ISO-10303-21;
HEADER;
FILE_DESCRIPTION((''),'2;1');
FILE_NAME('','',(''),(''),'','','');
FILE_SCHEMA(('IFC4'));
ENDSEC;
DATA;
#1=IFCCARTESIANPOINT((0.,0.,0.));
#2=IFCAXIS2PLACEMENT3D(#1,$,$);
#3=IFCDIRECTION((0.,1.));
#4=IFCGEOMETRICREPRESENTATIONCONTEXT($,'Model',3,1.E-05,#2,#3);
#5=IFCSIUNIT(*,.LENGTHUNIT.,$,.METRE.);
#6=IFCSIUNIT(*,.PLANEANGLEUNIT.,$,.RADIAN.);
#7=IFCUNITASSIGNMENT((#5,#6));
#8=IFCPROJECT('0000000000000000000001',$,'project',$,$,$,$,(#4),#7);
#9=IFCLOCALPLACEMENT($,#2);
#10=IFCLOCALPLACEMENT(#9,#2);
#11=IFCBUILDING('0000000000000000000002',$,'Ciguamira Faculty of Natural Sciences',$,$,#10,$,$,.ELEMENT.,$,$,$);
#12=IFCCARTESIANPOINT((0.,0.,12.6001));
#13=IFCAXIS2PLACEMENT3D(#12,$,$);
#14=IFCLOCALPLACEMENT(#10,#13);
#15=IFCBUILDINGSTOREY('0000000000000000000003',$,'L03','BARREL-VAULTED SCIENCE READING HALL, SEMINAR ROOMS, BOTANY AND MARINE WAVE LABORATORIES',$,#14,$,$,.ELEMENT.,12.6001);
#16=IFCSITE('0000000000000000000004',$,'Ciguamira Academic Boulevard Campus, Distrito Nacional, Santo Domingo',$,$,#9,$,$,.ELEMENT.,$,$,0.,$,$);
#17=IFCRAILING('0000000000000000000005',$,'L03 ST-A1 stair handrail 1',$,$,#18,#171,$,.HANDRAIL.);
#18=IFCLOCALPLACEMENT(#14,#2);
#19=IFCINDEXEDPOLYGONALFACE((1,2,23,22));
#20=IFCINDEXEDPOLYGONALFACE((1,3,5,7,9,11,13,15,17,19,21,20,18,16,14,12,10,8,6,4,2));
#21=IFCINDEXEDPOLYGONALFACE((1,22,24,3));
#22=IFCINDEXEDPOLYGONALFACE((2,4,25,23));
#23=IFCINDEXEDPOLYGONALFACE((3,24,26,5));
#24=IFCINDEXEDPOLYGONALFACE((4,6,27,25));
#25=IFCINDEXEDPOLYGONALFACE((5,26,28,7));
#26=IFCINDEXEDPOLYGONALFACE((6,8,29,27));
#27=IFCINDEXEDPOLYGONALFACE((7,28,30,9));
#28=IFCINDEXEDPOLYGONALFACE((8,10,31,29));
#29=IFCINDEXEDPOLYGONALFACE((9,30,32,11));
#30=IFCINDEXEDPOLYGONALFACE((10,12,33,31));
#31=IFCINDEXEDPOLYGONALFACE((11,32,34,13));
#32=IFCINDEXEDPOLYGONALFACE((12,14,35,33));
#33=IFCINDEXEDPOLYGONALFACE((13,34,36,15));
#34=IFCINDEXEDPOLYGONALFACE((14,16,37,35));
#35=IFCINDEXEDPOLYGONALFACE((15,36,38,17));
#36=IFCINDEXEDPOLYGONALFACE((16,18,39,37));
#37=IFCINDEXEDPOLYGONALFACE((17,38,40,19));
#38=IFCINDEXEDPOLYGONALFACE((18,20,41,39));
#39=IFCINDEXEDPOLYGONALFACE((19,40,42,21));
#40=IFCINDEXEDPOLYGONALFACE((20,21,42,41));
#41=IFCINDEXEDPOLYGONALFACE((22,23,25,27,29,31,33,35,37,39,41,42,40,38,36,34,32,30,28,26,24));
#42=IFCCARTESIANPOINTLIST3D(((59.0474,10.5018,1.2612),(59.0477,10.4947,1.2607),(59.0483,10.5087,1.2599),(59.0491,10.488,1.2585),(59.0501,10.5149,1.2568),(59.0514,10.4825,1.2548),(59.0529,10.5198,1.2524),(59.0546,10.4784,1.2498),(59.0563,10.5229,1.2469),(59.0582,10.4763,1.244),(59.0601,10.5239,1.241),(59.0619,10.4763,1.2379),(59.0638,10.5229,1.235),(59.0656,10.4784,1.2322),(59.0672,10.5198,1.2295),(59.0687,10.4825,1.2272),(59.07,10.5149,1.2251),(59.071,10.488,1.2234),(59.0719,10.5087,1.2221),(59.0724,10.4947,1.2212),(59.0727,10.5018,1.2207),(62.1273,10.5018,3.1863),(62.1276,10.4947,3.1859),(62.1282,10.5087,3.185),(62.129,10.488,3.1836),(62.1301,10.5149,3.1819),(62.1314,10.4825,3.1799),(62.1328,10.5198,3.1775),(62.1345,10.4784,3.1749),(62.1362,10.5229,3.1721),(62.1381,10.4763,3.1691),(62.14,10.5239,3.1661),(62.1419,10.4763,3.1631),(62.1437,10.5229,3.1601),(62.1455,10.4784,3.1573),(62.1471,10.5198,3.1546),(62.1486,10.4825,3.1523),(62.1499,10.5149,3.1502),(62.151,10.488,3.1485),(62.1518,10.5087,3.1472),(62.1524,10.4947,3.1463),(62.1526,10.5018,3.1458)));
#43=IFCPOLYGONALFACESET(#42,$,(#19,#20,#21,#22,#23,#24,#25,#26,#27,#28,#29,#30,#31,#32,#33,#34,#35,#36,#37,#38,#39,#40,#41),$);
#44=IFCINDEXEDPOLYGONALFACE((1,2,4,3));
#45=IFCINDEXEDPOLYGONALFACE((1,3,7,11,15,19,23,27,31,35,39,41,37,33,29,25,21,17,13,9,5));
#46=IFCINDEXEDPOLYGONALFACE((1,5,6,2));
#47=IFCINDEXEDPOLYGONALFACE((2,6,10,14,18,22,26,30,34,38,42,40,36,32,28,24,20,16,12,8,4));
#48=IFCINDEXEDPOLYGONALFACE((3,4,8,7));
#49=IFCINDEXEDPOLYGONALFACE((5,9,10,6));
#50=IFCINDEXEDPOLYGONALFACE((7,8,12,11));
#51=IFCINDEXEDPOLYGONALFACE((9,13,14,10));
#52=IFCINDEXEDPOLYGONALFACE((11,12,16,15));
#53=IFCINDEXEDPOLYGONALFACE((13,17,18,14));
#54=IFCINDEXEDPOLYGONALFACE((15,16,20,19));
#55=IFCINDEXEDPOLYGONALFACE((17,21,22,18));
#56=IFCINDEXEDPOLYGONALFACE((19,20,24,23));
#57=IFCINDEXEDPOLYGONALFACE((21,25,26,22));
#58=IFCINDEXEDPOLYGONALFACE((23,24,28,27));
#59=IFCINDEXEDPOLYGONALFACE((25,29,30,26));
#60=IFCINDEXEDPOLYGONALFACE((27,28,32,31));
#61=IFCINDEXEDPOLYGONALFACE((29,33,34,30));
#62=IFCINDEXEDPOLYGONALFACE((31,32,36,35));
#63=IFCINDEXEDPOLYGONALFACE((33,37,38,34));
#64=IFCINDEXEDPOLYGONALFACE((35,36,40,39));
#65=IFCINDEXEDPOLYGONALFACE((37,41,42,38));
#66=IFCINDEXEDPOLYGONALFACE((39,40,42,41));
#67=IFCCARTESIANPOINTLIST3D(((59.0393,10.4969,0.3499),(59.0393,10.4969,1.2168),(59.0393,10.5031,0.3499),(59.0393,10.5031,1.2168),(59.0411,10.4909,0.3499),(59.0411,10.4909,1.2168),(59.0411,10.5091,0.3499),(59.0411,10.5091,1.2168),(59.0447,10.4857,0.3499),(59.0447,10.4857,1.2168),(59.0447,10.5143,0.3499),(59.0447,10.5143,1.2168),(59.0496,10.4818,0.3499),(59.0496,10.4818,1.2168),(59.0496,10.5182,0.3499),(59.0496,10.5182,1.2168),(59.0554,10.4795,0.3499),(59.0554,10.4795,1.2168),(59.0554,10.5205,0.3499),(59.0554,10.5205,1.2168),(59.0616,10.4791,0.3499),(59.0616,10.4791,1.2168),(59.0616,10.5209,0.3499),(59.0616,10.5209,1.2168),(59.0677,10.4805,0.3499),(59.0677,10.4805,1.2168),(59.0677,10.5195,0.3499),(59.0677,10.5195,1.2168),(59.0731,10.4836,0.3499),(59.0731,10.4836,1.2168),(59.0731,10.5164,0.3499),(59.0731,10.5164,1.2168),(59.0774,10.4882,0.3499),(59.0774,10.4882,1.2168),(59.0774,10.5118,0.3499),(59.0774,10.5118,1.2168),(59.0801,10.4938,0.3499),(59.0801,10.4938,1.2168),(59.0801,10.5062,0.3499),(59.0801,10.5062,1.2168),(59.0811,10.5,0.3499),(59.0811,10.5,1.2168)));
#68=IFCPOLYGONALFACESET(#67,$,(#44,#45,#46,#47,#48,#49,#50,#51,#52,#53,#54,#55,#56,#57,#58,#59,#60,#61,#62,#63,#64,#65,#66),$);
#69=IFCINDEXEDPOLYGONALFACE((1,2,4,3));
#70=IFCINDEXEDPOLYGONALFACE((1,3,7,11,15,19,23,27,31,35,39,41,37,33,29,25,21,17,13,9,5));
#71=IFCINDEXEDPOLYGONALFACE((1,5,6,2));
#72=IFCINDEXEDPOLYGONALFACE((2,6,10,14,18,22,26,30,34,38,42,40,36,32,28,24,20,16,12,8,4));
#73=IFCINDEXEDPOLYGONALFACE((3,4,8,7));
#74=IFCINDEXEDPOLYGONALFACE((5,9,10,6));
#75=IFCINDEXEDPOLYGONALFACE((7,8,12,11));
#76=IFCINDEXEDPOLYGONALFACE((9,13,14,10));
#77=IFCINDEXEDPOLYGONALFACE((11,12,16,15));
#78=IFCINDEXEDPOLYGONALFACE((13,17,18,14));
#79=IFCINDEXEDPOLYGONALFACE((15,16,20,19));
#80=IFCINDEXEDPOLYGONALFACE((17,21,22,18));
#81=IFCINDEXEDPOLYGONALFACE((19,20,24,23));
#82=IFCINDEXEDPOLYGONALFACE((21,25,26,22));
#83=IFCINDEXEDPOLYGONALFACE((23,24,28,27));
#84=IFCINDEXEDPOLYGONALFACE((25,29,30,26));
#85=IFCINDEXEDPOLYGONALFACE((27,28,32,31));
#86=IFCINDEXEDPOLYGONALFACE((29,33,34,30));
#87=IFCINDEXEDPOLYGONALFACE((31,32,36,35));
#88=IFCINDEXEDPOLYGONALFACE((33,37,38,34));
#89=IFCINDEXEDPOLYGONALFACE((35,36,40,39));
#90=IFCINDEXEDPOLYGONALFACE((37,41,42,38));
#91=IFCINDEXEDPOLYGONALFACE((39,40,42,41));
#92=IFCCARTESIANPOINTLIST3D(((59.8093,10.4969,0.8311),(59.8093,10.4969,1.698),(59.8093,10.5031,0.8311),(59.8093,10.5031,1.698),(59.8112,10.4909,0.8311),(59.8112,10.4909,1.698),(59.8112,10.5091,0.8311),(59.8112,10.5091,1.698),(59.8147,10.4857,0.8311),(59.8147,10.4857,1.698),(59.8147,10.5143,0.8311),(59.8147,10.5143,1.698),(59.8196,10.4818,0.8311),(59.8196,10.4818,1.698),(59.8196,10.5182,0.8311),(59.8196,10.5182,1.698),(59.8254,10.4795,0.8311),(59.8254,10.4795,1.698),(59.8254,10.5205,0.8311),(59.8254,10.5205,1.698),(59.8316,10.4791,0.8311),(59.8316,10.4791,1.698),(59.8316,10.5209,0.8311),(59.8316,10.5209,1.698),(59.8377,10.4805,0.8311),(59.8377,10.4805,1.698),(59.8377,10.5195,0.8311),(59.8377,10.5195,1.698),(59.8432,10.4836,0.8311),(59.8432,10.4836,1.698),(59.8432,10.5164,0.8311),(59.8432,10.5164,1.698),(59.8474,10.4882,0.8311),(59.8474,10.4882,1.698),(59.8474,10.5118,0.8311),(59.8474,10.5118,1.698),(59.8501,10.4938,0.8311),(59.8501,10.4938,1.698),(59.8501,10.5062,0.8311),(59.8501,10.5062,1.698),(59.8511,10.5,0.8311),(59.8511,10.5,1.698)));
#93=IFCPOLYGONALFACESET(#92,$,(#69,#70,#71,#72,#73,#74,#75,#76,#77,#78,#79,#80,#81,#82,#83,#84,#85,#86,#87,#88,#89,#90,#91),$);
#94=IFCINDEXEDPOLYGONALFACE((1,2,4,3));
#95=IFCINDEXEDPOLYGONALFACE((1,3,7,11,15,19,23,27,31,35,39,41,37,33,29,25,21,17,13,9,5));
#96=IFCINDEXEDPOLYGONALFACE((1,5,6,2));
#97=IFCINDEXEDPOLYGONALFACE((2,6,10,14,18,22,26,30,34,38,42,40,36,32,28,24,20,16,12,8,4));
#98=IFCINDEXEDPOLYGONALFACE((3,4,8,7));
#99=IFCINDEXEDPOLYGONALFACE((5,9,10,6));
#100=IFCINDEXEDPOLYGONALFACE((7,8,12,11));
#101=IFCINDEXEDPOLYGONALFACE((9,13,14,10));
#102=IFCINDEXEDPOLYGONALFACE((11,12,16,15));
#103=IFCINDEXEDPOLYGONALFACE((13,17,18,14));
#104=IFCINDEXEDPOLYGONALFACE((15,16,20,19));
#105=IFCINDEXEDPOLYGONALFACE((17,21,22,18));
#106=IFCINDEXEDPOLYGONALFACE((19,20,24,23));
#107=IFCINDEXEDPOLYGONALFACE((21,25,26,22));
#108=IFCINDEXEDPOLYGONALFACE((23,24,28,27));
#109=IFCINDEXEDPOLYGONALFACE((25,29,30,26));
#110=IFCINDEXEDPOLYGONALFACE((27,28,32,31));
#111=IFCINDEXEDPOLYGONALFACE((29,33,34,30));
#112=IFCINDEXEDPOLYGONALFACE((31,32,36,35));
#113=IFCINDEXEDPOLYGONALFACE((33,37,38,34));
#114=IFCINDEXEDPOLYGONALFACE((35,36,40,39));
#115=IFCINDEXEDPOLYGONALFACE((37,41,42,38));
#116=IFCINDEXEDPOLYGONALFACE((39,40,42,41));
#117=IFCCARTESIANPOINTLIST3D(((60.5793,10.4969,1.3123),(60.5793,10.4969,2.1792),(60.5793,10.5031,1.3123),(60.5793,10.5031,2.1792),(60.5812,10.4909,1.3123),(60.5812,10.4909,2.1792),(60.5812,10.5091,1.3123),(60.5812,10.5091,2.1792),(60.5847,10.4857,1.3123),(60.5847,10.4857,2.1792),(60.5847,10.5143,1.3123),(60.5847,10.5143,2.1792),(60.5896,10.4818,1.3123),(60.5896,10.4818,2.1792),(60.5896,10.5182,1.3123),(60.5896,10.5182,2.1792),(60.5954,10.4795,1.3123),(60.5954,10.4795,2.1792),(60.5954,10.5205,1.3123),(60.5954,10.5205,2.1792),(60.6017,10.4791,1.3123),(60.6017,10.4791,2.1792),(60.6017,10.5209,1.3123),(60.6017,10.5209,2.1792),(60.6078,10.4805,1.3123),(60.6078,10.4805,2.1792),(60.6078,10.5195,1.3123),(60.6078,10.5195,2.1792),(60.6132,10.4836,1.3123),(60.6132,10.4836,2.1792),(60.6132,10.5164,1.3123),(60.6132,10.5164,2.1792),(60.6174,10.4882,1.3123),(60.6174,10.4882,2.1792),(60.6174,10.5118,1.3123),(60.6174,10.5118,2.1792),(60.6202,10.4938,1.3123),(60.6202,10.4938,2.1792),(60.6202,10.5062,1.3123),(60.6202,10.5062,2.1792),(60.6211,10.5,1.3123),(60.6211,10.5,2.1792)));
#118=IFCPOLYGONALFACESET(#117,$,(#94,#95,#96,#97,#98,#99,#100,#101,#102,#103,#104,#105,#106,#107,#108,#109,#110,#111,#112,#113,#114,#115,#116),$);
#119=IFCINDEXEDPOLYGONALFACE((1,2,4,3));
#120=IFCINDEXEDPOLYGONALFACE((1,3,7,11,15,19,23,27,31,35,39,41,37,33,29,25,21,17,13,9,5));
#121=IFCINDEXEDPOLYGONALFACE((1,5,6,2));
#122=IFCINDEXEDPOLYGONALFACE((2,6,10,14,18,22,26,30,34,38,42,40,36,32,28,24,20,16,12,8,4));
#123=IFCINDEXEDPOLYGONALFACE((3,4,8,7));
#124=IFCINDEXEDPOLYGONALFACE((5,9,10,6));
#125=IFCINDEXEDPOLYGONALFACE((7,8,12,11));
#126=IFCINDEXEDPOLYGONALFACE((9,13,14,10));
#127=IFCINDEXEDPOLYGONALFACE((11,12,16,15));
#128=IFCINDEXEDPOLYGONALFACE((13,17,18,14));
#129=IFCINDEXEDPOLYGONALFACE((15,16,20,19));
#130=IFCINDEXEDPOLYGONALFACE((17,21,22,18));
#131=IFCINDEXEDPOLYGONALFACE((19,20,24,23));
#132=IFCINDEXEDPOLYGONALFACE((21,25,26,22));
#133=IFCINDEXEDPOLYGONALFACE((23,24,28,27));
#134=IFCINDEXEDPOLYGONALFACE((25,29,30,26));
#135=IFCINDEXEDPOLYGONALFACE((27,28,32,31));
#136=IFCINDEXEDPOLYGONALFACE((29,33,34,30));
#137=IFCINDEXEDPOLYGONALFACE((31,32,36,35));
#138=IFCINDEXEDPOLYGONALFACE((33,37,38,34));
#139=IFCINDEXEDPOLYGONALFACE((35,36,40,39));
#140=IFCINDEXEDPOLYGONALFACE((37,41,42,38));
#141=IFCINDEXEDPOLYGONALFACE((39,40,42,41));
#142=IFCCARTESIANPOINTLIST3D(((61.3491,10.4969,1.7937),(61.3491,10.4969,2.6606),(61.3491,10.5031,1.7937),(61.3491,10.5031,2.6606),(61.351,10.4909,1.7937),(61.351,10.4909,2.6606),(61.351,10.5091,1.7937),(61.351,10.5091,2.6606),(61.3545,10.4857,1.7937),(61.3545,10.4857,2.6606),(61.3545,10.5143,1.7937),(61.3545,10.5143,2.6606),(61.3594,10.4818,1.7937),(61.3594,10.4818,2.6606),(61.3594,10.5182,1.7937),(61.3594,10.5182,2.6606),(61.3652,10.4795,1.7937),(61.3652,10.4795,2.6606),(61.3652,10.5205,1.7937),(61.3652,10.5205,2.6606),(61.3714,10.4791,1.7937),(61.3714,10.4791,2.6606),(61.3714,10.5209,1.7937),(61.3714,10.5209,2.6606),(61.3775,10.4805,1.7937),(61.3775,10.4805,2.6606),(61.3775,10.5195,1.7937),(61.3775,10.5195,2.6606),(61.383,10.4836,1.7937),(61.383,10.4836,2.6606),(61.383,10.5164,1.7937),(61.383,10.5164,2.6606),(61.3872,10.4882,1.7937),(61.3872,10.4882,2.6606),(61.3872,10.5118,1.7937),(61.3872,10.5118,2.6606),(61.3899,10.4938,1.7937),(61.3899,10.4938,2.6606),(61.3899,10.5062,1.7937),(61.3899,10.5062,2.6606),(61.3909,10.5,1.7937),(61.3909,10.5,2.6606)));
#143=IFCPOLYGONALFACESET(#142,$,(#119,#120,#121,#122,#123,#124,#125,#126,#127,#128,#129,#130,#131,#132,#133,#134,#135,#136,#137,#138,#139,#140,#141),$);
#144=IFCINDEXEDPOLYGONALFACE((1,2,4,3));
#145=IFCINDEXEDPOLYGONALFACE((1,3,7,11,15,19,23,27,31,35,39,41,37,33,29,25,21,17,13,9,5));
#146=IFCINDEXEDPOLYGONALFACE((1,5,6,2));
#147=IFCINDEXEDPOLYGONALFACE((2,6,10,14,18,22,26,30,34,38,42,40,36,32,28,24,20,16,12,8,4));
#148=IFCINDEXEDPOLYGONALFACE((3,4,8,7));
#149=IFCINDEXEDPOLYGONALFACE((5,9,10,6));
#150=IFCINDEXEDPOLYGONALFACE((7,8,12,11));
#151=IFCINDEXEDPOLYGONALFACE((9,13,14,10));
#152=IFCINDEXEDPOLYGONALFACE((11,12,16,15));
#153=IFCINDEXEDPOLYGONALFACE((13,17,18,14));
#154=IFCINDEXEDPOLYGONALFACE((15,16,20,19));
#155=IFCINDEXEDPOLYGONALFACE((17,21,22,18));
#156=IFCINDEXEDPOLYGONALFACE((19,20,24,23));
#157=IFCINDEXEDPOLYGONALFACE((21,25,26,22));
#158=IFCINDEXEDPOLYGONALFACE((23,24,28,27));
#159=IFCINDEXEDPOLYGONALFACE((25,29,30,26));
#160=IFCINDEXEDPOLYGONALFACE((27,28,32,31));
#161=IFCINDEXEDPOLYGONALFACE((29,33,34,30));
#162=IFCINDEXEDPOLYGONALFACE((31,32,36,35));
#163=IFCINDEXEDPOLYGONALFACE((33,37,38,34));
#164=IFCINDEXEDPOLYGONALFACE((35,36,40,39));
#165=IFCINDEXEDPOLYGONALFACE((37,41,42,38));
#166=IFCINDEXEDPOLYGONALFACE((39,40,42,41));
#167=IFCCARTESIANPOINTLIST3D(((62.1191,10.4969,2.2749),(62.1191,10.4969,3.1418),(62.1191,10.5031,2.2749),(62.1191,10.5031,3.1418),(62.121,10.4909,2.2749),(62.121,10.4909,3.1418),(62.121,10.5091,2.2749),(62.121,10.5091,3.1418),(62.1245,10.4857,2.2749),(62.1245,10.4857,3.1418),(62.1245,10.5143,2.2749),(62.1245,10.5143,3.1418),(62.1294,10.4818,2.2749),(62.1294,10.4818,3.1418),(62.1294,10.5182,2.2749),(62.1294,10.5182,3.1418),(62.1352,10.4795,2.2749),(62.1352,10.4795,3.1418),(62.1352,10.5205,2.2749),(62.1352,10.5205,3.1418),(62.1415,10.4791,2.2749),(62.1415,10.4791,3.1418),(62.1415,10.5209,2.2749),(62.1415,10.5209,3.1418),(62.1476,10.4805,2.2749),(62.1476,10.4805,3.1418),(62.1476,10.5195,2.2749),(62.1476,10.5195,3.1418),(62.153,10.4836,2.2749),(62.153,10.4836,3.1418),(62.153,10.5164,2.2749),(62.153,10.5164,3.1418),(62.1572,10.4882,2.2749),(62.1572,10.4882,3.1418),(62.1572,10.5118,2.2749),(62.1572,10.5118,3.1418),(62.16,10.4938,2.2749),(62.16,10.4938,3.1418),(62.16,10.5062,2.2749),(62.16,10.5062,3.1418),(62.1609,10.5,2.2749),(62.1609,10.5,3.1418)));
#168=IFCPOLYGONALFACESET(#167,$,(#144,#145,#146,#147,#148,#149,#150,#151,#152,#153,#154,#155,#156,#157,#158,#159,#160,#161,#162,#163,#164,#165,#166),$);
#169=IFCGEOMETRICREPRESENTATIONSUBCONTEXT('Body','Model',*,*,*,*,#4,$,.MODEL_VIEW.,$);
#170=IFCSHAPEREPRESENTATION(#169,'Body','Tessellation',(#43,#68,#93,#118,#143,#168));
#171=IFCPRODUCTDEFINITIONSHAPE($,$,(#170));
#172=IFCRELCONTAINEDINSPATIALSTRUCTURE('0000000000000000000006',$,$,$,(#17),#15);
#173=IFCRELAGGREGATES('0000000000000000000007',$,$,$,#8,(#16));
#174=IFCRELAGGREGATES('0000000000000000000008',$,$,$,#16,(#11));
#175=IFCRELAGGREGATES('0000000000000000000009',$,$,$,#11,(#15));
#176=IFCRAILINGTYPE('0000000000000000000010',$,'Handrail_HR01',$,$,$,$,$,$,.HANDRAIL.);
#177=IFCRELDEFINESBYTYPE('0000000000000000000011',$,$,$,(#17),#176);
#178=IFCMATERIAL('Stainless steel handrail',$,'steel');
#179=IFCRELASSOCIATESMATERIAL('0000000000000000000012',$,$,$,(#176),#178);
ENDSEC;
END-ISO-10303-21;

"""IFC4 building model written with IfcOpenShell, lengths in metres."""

from ifc_helpers import new_model, si_unit, direction, frame, origin, origin_2d, place, context, subcontext, project, spatial, circle, extrude, material, type_object, element, save


model = new_model("IFC4")

# Units and contexts
model_context = context("Model", 3, precision=1e-05, world=origin(), true_north=direction((0.0, 1.0)))
body_context = subcontext(model_context, "Body", "Model", "MODEL_VIEW")
ifc_project = project(units=[si_unit("LENGTHUNIT", "METRE"), si_unit("PLANEANGLEUNIT", "RADIAN")], contexts=[model_context])

# Site, building, storey
site_placement = place(None, origin())
site = spatial("IfcSite", under=ifc_project, at=site_placement, Name="Ciguamira Academic Boulevard Campus, Distrito Nacional, Santo Domingo", CompositionType="ELEMENT", RefElevation=0.0)
building_placement = place(site_placement, origin())
building = spatial("IfcBuilding", under=site, at=building_placement, Name="Ciguamira Faculty of Natural Sciences", CompositionType="ELEMENT")
storey_placement = place(building_placement, frame((0.0, 0.0, 12.6001)))
storey = spatial("IfcBuildingStorey", under=building, at=storey_placement, Name="L03", Description="BARREL-VAULTED SCIENCE READING HALL, SEMINAR ROOMS, BOTANY AND MARINE WAVE LABORATORIES", CompositionType="ELEMENT", Elevation=12.6001)

# Railing
ifc_material_1 = material(Name="Stainless steel handrail", Category="steel")
railing_type_1 = type_object("IfcRailingType", Name="Handrail_HR01", PredefinedType="HANDRAIL", material=ifc_material_1)
railing_1_placement = place(storey_placement, frame((59.0601, 10.5, 0.3499)))
element("IfcRailing", 1, at=railing_1_placement, inside=storey, type_object=railing_type_1, Name="L03 ST-A1 stair handrail 1", PredefinedType="HANDRAIL", context=body_context, shape_type="SweptSolid", body=[
    extrude(circle(Radius=0.0239, at=origin_2d()), frame((0.0, 0.0, 0.8911), z_axis=(0.847979, 0.0, 0.530029), x_axis=(0.0, 1.0, 0.0)), (0.0, 0.0, 1.0), 3.6321),
    extrude(circle(Radius=0.021, at=origin_2d()), origin(), (0.0, 0.0, 1.0), 0.8669),
    extrude(circle(Radius=0.021, at=origin_2d()), frame((0.77, 0.0, 0.4812)), (0.0, 0.0, 1.0), 0.8669),
    extrude(circle(Radius=0.021, at=origin_2d()), frame((1.54, 0.0, 0.9624)), (0.0, 0.0, 1.0), 0.8669),
    extrude(circle(Radius=0.021, at=origin_2d()), frame((2.3098, 0.0, 1.4438)), (0.0, 0.0, 1.0), 0.8669),
    extrude(circle(Radius=0.021, at=origin_2d()), frame((3.0798, 0.0, 1.925)), (0.0, 0.0, 1.0), 0.8669),
])

save(model, "model.ifc")
